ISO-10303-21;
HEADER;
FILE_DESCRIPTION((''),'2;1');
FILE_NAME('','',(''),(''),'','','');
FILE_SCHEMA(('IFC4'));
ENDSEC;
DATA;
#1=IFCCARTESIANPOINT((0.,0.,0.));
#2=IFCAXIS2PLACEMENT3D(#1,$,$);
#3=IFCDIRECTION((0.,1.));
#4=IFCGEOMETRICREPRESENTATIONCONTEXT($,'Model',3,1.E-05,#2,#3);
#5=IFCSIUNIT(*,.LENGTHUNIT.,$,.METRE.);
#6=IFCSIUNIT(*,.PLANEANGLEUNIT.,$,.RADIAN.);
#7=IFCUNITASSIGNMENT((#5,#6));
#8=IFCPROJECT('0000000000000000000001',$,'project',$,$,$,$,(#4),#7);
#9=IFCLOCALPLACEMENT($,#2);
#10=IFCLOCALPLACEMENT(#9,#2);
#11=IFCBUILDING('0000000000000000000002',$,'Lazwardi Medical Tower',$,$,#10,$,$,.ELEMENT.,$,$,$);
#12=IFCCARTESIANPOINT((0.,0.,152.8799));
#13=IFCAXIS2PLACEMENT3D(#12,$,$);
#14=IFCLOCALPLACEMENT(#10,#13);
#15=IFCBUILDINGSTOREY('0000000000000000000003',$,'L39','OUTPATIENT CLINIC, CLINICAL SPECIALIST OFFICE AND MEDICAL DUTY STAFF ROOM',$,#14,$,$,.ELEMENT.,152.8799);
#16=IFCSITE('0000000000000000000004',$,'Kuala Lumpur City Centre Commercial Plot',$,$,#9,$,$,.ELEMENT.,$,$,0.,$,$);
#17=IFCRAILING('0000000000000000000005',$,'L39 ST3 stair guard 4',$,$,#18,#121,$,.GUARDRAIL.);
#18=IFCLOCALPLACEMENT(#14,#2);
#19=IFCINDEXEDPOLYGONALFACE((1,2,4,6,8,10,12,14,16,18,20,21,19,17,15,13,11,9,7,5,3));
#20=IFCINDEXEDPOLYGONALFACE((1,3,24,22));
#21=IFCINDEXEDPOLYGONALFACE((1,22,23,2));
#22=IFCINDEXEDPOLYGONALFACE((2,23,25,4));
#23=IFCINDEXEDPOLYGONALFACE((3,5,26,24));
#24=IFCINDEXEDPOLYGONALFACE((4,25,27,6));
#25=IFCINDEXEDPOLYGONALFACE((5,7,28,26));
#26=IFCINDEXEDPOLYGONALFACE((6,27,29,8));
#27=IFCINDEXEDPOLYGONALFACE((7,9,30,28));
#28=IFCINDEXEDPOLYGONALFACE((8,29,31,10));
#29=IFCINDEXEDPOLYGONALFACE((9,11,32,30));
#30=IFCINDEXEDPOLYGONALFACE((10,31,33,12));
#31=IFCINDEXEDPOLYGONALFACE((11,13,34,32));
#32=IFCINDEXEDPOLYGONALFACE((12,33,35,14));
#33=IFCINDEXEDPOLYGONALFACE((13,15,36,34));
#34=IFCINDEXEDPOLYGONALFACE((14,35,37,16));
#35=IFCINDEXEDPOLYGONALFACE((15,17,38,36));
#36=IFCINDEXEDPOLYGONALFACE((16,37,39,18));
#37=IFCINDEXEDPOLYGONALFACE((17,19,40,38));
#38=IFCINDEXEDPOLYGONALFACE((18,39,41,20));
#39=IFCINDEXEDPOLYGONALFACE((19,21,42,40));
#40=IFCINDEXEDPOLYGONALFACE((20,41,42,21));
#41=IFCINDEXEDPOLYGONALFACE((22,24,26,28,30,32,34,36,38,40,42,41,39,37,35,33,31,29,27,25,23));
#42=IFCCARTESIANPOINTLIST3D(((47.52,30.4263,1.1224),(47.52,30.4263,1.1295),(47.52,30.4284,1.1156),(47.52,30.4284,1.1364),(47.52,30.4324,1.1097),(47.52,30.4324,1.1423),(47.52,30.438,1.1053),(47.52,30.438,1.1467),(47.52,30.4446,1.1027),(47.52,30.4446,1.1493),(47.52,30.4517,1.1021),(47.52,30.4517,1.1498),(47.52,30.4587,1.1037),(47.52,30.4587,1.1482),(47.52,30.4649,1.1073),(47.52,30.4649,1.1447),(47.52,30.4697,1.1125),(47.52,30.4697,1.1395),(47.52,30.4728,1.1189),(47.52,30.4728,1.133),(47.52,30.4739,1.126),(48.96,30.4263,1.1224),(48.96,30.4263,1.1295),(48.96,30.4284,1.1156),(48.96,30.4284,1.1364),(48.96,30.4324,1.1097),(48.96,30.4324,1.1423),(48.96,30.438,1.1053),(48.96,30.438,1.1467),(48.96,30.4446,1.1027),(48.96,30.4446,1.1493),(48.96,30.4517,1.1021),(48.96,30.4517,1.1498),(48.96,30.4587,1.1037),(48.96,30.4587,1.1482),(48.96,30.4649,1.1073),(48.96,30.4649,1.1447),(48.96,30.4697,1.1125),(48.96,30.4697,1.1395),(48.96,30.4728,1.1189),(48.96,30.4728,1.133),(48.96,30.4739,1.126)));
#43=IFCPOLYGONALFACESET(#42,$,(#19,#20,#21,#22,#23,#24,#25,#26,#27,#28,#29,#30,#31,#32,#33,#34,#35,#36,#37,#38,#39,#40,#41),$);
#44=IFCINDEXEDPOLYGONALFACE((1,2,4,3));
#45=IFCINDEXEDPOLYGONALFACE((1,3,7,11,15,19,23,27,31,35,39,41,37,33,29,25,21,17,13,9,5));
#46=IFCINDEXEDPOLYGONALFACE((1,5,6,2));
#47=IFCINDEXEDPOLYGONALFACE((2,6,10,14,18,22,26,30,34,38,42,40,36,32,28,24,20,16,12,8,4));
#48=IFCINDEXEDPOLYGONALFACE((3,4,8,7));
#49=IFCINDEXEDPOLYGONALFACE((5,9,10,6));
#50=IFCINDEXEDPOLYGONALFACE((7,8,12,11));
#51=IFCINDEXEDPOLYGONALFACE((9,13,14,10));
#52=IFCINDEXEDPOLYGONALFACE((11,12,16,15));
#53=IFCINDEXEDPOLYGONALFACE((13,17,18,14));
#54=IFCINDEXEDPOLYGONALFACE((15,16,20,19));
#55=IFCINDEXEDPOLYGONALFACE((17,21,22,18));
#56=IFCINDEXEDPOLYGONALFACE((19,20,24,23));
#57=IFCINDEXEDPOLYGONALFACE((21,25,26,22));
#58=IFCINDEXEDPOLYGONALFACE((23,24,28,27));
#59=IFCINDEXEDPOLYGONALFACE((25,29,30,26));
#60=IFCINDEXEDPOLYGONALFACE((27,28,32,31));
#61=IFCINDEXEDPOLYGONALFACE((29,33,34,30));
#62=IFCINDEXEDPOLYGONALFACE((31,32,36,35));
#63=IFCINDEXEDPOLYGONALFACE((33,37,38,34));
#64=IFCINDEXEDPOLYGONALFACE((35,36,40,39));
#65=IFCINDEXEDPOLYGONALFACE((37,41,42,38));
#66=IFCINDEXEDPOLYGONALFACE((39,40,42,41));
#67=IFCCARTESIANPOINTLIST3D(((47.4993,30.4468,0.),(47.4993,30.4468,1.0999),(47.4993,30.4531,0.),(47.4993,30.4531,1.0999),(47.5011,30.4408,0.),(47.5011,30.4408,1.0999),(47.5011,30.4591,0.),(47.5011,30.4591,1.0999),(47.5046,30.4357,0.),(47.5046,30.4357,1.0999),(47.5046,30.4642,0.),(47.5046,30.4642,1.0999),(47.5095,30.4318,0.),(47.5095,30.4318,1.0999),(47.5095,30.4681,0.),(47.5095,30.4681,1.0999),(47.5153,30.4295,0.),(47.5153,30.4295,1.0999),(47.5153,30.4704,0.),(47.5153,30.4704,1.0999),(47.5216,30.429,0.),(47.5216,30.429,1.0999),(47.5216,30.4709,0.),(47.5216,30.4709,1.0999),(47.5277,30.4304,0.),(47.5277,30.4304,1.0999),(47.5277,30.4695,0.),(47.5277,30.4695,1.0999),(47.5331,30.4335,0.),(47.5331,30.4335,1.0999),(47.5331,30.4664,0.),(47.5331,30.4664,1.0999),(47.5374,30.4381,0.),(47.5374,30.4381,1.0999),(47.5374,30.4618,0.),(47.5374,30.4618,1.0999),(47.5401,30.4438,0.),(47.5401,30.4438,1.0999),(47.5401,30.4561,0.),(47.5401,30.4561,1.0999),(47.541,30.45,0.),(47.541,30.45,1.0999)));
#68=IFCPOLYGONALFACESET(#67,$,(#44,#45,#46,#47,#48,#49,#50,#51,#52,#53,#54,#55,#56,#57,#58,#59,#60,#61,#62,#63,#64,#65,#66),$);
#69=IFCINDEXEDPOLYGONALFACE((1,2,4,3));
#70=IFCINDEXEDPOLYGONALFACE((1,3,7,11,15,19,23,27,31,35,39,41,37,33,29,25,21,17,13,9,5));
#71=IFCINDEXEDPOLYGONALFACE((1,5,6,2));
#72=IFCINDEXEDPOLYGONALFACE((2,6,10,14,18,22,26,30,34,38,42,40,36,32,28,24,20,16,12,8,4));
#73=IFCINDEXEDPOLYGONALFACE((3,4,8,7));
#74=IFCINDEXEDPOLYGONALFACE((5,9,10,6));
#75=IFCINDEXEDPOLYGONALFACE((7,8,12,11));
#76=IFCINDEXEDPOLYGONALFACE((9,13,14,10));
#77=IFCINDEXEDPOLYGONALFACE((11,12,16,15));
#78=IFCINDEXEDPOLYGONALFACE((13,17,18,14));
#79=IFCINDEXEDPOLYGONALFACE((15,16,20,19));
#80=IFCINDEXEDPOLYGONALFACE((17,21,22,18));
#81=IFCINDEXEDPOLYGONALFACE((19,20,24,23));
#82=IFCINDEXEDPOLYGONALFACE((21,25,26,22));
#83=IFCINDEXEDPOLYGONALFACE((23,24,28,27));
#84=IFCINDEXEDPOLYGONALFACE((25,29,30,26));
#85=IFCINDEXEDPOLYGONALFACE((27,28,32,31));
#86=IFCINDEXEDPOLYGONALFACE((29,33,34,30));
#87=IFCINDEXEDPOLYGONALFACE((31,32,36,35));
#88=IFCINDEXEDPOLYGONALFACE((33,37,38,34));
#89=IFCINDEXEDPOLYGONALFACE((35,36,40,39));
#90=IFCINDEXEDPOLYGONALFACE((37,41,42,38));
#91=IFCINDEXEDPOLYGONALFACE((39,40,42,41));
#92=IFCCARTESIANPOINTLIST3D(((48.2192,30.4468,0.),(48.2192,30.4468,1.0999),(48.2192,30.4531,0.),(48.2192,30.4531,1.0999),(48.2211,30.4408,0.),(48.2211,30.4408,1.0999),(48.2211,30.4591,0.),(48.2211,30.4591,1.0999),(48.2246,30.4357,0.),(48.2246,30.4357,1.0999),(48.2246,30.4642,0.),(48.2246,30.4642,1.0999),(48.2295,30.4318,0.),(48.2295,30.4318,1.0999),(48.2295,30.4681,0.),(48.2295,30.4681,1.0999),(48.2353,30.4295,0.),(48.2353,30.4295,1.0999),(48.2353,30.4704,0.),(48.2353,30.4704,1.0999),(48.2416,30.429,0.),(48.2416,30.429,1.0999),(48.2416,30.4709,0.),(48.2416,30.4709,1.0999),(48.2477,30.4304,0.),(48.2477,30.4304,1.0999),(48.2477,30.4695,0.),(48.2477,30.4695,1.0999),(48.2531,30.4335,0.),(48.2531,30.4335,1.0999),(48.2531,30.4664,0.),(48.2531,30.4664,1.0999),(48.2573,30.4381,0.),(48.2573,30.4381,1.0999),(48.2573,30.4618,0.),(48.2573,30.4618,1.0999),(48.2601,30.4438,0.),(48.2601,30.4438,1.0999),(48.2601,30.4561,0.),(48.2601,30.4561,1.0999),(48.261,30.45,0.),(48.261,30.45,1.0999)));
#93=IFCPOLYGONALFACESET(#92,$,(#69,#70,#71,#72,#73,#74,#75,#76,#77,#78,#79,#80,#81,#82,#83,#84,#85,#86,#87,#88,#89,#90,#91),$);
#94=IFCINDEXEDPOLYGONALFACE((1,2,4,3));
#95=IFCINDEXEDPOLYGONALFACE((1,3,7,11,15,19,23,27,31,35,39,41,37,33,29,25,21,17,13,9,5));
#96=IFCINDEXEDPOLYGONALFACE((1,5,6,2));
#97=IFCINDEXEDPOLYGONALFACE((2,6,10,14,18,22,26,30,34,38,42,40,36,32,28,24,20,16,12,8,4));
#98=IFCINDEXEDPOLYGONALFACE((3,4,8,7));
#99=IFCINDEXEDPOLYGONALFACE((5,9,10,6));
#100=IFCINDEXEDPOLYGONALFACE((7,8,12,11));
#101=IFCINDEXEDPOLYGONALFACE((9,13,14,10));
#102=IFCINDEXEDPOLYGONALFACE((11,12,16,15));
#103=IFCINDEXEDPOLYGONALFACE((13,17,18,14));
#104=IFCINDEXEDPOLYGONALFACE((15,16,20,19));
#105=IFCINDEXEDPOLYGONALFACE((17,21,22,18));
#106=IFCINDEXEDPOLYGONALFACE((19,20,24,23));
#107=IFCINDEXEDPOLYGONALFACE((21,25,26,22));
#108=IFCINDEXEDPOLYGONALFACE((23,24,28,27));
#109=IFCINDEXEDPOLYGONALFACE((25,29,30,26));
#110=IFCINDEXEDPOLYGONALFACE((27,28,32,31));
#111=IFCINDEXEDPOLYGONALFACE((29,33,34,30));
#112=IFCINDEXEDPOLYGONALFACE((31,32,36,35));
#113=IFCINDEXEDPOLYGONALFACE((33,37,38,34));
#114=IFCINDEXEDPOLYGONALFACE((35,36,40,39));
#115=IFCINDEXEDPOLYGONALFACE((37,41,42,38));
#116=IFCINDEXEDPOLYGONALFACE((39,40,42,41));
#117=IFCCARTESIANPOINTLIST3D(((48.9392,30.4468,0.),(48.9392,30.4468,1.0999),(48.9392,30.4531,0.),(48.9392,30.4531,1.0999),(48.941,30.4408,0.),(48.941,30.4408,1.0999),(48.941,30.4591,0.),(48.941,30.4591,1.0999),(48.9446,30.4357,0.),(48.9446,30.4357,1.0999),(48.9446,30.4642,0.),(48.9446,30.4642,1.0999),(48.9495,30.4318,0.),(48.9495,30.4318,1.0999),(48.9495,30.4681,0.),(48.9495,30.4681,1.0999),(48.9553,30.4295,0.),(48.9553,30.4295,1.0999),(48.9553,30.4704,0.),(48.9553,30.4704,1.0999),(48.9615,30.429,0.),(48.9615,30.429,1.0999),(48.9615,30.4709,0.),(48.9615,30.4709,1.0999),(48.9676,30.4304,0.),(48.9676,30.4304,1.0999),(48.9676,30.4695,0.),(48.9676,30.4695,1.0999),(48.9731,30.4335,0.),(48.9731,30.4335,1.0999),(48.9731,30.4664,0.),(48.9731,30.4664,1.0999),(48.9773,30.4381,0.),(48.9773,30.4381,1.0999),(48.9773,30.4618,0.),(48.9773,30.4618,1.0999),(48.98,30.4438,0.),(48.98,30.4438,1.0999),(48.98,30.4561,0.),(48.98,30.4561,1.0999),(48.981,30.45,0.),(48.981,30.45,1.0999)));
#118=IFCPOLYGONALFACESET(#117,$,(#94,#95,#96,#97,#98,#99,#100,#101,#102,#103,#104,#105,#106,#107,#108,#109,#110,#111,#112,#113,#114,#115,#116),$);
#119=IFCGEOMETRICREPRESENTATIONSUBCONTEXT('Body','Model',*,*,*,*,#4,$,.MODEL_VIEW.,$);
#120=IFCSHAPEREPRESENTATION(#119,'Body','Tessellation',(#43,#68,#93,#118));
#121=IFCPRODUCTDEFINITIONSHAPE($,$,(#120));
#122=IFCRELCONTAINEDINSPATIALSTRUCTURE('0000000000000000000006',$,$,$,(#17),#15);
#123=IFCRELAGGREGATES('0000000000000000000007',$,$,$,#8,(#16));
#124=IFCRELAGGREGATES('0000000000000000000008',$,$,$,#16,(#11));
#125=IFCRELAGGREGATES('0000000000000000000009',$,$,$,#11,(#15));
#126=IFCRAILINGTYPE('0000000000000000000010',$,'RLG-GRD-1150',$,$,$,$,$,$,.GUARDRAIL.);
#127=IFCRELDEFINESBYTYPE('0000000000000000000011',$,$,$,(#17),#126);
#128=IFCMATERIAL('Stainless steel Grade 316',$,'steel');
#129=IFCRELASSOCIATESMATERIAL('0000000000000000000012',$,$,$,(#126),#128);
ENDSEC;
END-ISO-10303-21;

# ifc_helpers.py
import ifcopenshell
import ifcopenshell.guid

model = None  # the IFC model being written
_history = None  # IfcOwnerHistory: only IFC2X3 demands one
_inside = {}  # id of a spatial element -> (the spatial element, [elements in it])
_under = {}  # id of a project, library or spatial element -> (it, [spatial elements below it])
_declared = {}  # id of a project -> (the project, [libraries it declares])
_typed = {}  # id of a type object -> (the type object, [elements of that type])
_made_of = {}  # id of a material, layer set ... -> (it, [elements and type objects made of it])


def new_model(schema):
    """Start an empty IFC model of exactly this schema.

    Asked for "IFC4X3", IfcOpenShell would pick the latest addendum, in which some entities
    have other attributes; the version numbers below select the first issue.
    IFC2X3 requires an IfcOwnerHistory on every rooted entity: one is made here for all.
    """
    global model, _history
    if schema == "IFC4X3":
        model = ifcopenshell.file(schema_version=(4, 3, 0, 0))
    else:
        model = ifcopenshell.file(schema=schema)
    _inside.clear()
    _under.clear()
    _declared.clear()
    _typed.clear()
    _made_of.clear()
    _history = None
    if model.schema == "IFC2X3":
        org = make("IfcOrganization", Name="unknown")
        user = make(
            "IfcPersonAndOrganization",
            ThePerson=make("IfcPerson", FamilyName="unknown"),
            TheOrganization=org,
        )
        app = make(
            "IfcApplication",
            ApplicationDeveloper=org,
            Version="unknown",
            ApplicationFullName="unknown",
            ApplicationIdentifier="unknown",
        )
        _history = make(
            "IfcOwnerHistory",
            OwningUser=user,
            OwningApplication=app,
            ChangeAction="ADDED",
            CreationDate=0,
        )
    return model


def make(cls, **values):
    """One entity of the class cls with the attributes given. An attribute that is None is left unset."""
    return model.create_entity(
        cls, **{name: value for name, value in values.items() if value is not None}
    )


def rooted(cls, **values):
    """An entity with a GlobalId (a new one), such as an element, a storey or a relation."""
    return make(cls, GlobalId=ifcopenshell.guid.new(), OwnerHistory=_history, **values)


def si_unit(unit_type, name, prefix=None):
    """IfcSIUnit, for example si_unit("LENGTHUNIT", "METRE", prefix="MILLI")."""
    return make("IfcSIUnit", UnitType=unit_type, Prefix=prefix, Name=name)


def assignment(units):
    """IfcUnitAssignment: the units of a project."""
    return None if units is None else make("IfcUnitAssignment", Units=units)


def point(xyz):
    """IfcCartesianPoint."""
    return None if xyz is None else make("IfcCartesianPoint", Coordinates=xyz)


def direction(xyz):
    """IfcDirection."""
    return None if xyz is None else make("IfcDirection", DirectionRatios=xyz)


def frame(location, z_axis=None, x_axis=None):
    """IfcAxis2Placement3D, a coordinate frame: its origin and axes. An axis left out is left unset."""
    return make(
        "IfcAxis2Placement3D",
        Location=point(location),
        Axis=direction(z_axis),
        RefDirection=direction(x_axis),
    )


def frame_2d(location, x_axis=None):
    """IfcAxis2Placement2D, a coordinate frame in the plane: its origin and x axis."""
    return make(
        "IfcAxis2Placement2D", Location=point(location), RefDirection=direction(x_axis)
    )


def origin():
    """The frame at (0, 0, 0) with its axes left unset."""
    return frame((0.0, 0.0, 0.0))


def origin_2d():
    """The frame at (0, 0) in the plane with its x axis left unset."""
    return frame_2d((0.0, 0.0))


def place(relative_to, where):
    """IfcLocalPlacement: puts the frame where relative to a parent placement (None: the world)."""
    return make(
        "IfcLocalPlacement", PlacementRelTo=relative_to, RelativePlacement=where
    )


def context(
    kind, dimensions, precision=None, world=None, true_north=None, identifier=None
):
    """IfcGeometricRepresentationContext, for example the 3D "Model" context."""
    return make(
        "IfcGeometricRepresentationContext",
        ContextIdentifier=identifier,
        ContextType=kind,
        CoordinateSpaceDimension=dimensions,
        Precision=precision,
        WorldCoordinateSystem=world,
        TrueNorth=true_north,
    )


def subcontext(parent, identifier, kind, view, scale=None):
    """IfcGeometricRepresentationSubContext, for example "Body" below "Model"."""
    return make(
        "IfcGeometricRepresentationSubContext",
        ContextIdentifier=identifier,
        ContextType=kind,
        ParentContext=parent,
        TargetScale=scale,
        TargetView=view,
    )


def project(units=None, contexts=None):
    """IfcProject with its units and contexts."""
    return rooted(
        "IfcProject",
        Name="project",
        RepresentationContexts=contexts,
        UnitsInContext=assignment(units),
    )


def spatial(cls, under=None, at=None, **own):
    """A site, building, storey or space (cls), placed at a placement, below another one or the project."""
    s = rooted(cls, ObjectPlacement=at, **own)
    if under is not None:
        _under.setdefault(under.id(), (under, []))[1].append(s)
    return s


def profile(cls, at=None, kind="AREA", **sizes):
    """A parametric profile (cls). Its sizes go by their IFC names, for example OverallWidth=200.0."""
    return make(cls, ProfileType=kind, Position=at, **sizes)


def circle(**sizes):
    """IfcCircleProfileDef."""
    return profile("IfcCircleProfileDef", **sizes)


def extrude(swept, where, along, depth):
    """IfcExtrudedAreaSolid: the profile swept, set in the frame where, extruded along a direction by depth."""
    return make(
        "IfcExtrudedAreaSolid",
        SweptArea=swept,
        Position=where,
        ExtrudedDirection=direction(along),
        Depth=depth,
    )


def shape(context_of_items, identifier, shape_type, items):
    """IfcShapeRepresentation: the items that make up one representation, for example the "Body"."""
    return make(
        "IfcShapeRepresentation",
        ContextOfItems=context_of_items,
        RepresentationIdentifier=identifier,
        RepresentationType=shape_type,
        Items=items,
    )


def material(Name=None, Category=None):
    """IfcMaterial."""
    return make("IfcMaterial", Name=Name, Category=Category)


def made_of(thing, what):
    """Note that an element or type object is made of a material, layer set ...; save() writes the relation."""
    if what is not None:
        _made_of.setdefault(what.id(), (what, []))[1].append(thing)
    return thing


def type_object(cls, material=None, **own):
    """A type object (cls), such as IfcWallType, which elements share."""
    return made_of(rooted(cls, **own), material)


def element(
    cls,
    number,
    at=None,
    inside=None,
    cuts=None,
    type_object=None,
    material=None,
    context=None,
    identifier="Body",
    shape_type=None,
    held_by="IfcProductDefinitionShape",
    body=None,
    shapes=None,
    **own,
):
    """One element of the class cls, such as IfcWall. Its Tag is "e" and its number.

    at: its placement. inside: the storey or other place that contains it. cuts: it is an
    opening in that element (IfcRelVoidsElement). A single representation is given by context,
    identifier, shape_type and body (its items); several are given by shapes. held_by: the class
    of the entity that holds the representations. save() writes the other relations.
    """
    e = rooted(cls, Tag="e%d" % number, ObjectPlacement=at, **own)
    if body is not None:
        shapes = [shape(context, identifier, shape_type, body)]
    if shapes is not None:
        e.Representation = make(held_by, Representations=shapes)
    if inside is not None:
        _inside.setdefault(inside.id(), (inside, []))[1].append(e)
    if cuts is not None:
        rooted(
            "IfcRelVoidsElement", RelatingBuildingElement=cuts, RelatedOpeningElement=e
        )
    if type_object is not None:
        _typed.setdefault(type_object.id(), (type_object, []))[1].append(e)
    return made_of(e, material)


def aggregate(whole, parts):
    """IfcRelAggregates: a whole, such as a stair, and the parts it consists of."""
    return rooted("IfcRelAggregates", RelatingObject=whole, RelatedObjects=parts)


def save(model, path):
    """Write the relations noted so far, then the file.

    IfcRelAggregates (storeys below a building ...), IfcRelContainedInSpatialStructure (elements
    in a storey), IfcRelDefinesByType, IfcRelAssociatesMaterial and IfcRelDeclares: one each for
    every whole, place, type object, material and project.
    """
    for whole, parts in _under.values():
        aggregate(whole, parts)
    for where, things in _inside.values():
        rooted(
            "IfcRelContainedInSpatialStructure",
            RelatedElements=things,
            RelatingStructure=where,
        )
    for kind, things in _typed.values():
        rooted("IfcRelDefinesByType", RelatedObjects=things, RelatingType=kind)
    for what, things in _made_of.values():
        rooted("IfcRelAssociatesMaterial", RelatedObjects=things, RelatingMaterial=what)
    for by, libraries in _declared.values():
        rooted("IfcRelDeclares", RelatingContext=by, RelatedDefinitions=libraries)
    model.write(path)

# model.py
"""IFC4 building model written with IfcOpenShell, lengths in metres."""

from ifc_helpers import new_model, si_unit, direction, frame, origin, origin_2d, place, context, subcontext, project, spatial, circle, extrude, material, type_object, element, save


model = new_model("IFC4")

# Units and contexts
model_context = context("Model", 3, precision=1e-05, world=origin(), true_north=direction((0.0, 1.0)))
body_context = subcontext(model_context, "Body", "Model", "MODEL_VIEW")
ifc_project = project(units=[si_unit("LENGTHUNIT", "METRE"), si_unit("PLANEANGLEUNIT", "RADIAN")], contexts=[model_context])

# Site, building, storey
site_placement = place(None, origin())
site = spatial("IfcSite", under=ifc_project, at=site_placement, Name="Kuala Lumpur City Centre Commercial Plot", CompositionType="ELEMENT", RefElevation=0.0)
building_placement = place(site_placement, origin())
building = spatial("IfcBuilding", under=site, at=building_placement, Name="Lazwardi Medical Tower", CompositionType="ELEMENT")
storey_placement = place(building_placement, frame((0.0, 0.0, 152.8799)))
storey = spatial("IfcBuildingStorey", under=building, at=storey_placement, Name="L39", Description="OUTPATIENT CLINIC, CLINICAL SPECIALIST OFFICE AND MEDICAL DUTY STAFF ROOM", CompositionType="ELEMENT", Elevation=152.8799)

# Railing
ifc_material_1 = material(Name="Stainless steel Grade 316", Category="steel")
railing_type_1 = type_object("IfcRailingType", Name="RLG-GRD-1150", PredefinedType="GUARDRAIL", material=ifc_material_1)
railing_1_placement = place(storey_placement, frame((47.52, 30.45, 0.0)))
element("IfcRailing", 1, at=railing_1_placement, inside=storey, type_object=railing_type_1, Name="L39 ST3 stair guard 4", PredefinedType="GUARDRAIL", context=body_context, shape_type="SweptSolid", body=[
    extrude(circle(Radius=0.0239, at=origin_2d()), frame((0.0, 0.0, 1.126), z_axis=(1.0, 0.0, 0.0), x_axis=(0.0, 1.0, 0.0)), (0.0, 0.0, 1.0), 1.4399),
    extrude(circle(Radius=0.021, at=origin_2d()), origin(), (0.0, 0.0, 1.0), 1.0999),
    extrude(circle(Radius=0.021, at=origin_2d()), frame((0.72, 0.0, 0.0)), (0.0, 0.0, 1.0), 1.0999),
    extrude(circle(Radius=0.021, at=origin_2d()), frame((1.4399, 0.0, 0.0)), (0.0, 0.0, 1.0), 1.0999),
])

save(model, "model.ifc")
